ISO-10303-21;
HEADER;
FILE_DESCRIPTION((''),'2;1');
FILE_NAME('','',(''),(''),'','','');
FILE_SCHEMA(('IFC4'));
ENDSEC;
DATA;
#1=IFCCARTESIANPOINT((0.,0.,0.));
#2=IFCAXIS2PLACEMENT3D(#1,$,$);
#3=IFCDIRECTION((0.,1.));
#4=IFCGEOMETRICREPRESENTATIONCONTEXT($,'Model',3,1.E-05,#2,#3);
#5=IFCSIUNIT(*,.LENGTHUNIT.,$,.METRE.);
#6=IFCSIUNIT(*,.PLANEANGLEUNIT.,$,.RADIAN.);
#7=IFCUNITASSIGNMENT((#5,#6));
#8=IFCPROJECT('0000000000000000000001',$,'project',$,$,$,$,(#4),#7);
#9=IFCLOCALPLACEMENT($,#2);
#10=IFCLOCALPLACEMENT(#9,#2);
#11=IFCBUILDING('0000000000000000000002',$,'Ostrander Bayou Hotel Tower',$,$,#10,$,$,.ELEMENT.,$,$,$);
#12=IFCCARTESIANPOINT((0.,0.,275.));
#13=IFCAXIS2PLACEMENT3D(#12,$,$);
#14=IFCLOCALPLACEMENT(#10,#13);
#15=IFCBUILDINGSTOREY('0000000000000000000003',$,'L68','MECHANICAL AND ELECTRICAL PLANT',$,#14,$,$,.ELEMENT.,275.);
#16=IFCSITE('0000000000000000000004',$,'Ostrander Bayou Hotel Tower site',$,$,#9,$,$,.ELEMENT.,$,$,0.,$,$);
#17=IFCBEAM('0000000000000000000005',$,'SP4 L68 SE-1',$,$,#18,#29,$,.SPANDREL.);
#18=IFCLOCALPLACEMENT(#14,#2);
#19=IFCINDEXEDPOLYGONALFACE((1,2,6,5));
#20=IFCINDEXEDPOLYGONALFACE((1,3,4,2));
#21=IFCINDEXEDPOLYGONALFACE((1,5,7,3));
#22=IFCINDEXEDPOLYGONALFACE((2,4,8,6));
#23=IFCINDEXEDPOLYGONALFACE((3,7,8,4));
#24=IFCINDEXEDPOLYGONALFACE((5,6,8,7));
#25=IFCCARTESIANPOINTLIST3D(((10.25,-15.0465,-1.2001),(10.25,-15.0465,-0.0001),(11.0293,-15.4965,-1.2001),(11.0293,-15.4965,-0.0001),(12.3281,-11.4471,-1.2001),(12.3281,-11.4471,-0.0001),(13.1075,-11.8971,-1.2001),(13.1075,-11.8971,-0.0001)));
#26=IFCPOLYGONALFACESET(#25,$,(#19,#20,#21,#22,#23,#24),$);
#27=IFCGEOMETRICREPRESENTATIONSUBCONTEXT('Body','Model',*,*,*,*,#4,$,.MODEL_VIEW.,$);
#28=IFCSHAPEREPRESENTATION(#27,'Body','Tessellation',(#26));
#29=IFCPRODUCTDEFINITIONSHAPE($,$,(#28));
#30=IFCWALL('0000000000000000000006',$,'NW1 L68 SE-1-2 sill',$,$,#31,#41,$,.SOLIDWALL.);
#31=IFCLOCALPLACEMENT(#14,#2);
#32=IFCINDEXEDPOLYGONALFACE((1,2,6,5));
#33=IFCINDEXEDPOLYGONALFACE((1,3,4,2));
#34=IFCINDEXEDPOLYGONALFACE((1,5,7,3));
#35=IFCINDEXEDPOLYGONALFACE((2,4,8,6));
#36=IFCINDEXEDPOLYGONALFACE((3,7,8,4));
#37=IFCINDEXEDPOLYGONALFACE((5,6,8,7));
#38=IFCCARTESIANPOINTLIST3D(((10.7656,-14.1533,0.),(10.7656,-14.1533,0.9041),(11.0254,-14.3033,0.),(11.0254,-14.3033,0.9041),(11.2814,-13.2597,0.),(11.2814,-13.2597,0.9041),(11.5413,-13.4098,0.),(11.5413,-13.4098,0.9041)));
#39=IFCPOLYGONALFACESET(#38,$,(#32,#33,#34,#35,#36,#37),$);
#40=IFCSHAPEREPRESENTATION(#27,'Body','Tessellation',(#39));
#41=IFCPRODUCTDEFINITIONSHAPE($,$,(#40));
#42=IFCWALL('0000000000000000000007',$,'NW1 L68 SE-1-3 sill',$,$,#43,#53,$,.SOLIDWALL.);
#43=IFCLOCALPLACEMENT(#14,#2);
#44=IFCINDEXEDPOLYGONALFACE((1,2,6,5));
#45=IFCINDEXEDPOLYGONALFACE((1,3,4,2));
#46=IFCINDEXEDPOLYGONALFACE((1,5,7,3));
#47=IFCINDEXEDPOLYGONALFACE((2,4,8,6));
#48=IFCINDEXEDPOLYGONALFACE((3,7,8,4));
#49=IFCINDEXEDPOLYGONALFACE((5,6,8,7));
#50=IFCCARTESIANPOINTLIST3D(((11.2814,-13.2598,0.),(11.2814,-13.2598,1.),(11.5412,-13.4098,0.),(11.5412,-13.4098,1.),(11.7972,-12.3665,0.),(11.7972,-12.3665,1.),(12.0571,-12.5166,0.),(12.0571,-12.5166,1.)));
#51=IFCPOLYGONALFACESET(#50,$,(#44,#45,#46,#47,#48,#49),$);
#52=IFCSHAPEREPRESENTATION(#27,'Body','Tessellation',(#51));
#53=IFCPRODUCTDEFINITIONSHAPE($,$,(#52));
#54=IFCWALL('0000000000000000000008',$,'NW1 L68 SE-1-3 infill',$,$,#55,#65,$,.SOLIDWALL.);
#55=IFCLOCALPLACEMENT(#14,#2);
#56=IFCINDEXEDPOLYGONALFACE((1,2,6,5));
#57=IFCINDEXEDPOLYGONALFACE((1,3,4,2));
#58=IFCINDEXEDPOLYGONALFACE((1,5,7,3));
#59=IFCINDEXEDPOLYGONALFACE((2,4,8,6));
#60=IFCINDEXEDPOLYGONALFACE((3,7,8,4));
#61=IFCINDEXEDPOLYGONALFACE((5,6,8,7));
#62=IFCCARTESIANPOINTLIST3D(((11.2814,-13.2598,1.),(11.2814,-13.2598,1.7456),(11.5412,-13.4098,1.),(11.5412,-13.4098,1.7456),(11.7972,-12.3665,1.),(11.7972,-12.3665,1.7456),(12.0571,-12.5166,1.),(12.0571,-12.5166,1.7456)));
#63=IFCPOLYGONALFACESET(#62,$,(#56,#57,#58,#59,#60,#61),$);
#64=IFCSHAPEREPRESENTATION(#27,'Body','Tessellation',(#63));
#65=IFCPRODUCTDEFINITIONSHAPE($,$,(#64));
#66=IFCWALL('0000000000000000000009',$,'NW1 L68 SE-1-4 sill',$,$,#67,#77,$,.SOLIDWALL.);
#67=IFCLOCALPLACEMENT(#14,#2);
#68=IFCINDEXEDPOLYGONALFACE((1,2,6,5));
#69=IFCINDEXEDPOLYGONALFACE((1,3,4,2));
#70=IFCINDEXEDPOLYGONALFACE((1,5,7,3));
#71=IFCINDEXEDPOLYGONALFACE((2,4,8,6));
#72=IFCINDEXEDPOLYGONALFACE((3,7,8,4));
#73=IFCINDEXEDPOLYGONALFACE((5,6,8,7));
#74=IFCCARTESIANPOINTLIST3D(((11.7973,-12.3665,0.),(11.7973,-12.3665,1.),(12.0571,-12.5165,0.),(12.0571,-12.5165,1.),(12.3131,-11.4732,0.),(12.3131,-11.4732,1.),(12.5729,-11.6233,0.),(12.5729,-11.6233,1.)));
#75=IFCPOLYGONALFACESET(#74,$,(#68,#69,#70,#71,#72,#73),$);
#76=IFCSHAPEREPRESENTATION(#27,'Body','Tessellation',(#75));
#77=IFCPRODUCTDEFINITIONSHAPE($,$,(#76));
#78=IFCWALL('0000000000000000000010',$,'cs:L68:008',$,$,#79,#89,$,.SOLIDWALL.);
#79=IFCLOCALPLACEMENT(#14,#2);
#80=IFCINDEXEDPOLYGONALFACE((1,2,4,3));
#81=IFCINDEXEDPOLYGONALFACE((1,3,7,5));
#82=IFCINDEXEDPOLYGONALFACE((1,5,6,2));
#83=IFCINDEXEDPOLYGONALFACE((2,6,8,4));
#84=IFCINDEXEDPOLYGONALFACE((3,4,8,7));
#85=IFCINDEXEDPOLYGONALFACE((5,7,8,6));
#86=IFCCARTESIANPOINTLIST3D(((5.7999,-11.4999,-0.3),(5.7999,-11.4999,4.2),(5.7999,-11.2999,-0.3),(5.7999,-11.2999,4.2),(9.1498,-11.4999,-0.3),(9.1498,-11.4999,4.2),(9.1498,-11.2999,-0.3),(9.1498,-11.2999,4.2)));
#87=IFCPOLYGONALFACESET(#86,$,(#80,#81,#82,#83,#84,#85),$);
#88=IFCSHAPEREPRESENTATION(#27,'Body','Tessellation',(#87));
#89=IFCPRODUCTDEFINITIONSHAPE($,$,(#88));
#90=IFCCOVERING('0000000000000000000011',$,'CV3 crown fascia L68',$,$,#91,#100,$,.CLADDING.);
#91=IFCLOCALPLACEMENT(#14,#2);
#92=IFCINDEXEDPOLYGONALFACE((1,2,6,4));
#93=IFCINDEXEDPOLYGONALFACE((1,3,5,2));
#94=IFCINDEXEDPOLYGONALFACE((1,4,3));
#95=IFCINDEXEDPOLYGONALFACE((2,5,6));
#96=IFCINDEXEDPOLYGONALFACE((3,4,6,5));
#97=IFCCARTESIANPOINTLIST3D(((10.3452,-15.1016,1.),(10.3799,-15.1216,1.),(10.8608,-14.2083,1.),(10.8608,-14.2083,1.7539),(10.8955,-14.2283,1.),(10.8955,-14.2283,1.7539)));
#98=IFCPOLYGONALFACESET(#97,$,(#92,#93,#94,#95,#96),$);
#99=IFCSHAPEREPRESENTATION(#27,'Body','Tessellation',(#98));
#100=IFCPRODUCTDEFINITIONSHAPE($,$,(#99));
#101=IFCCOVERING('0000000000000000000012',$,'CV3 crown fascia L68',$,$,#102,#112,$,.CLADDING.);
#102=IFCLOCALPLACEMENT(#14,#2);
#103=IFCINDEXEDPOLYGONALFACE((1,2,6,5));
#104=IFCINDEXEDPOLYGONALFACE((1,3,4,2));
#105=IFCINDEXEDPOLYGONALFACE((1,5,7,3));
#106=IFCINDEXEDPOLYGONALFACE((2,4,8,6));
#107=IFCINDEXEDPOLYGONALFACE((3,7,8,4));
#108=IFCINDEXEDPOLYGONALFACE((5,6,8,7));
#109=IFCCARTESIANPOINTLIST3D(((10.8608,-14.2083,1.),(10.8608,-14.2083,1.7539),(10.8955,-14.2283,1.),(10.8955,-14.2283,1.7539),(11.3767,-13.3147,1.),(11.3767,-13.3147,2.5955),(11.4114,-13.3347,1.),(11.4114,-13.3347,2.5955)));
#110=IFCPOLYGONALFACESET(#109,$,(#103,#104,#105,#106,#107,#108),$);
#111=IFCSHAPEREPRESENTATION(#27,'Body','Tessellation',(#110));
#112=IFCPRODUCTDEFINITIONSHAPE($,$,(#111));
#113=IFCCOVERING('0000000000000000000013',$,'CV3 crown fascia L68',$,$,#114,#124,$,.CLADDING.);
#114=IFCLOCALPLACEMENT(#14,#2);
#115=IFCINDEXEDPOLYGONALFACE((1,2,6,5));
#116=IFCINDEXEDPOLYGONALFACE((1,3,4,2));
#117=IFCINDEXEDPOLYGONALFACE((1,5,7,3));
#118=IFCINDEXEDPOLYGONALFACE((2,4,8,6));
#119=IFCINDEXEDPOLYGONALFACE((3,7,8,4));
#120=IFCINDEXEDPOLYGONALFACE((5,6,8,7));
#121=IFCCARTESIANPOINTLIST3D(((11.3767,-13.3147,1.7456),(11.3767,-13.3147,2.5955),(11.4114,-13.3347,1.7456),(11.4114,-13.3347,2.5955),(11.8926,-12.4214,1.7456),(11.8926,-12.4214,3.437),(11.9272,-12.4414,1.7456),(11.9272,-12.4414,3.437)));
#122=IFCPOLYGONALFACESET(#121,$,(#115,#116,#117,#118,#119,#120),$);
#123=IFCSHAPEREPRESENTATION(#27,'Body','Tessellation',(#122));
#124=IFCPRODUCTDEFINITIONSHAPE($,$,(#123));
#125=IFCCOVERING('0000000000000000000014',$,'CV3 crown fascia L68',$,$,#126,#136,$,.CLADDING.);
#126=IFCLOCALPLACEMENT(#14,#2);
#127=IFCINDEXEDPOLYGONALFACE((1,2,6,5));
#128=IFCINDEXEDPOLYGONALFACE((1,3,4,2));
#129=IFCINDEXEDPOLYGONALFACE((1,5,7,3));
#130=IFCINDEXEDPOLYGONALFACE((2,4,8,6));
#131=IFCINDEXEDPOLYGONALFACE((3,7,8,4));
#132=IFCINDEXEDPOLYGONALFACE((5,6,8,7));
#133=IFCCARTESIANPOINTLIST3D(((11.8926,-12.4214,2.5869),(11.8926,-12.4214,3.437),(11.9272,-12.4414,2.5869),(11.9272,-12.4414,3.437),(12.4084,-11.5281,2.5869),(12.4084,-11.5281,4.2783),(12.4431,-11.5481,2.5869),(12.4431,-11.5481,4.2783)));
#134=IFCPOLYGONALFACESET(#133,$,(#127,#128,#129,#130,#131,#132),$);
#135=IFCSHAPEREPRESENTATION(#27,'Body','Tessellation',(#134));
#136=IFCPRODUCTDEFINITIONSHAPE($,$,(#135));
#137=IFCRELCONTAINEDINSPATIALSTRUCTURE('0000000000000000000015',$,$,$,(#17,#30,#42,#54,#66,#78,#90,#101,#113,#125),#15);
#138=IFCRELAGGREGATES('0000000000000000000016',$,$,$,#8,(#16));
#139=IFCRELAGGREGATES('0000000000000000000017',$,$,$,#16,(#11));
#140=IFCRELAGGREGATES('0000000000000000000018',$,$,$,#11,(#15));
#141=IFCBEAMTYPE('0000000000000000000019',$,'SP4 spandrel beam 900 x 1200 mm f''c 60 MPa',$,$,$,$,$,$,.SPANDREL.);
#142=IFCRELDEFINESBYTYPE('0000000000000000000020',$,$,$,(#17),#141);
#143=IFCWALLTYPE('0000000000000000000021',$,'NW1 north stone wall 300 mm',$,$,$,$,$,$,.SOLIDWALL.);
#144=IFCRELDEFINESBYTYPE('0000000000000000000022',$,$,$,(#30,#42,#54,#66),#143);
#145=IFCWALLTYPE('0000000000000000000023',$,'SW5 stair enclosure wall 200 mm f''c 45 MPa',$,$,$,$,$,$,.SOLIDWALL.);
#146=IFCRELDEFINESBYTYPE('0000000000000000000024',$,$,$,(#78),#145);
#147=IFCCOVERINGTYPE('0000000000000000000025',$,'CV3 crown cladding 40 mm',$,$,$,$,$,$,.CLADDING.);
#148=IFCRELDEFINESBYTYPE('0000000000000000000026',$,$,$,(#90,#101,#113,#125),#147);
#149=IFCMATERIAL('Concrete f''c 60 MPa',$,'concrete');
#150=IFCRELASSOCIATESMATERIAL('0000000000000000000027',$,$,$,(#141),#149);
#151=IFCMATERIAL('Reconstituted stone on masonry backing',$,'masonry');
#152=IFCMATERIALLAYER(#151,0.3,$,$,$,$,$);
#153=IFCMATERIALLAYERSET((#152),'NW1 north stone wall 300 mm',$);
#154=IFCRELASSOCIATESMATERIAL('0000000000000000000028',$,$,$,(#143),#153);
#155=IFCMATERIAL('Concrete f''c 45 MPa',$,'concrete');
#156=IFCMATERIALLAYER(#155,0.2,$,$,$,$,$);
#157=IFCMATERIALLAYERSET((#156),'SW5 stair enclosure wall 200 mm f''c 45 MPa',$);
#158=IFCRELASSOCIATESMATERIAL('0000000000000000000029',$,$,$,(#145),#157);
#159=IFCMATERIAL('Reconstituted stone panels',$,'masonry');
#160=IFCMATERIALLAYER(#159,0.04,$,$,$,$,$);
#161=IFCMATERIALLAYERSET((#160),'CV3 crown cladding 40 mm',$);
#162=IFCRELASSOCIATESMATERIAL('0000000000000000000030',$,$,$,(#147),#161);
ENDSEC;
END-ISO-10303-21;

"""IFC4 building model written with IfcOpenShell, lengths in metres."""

from ifc_helpers import new_model, si_unit, direction, frame, frame_2d, origin, origin_2d, place, context, subcontext, project, spatial, polyline, rectangle, outline, extrude, material, layer, layer_set, material_profile, profile_set, type_object, element, save


model = new_model("IFC4")

# Units and contexts
model_context = context("Model", 3, precision=1e-05, world=origin(), true_north=direction((0.0, 1.0)))
body_context = subcontext(model_context, "Body", "Model", "MODEL_VIEW")
ifc_project = project(units=[si_unit("LENGTHUNIT", "METRE"), si_unit("PLANEANGLEUNIT", "RADIAN")], contexts=[model_context])

# Site, building, storey
site_placement = place(None, origin())
site = spatial("IfcSite", under=ifc_project, at=site_placement, Name="Ostrander Bayou Hotel Tower site", CompositionType="ELEMENT", RefElevation=0.0)
building_placement = place(site_placement, origin())
building = spatial("IfcBuilding", under=site, at=building_placement, Name="Ostrander Bayou Hotel Tower", CompositionType="ELEMENT")
storey_placement = place(building_placement, frame((0.0, 0.0, 275.0)))
storey = spatial("IfcBuildingStorey", under=building, at=storey_placement, Name="L68", Description="MECHANICAL AND ELECTRICAL PLANT", CompositionType="ELEMENT", Elevation=275.0)

# Beam
ifc_material_1 = material(Name="Concrete f'c 60 MPa", Category="concrete")
ifc_material_profile_1 = material_profile(ifc_material_1, rectangle(XDim=0.8999, YDim=1.2, at=origin_2d()))
ifc_profile_set_1 = profile_set([ifc_material_profile_1], Name="Concrete f'c 60 MPa")
beam_type = type_object("IfcBeamType", Name="SP4 spandrel beam 900 x 1200 mm f'c 60 MPa", PredefinedType="SPANDREL", material=ifc_profile_set_1)
beam_1_placement = place(storey_placement, frame((10.6396, -15.2715, -0.6001), z_axis=(0.500006, 0.866022, 0.0), x_axis=(-0.866022, 0.500006, 0.0)))
element("IfcBeam", 1, at=beam_1_placement, inside=storey, type_object=beam_type, Name="SP4 L68 SE-1", PredefinedType="SPANDREL", context=body_context, shape_type="SweptSolid", body=[
    extrude(rectangle(XDim=0.8999, YDim=1.2, at=origin_2d()), origin(), (0.0, 0.0, 1.0), 4.1562),
])

# Walls
ifc_material_2 = material(Name="Reconstituted stone on masonry backing", Category="masonry")
ifc_layer_1 = layer(ifc_material_2, 0.3)
ifc_layer_set_1 = layer_set([ifc_layer_1], Name="NW1 north stone wall 300 mm")
wall_type_1 = type_object("IfcWallType", Name="NW1 north stone wall 300 mm", PredefinedType="SOLIDWALL", material=ifc_layer_set_1)
wall_1_placement = place(storey_placement, frame((10.8955, -14.2283, 0.0), z_axis=(0.0, 0.0, 1.0), x_axis=(0.499982, 0.866036, 0.0)))
element("IfcWall", 2, at=wall_1_placement, inside=storey, type_object=wall_type_1, Name="NW1 L68 SE-1-2 sill", PredefinedType="SOLIDWALL", context=body_context, shape_type="SweptSolid", body=[
    extrude(rectangle(XDim=1.0317, YDim=0.3, at=frame_2d((0.5159, 0.0))), origin(), (0.0, 0.0, 1.0), 0.9041),
])
wall_2_placement = place(storey_placement, frame((11.4114, -13.3347, 0.0), z_axis=(0.0, 0.0, 1.0), x_axis=(0.500084, 0.865977, 0.0)))
element("IfcWall", 3, at=wall_2_placement, inside=storey, type_object=wall_type_1, Name="NW1 L68 SE-1-3 sill", PredefinedType="SOLIDWALL", context=body_context, shape_type="SweptSolid", body=[
    extrude(rectangle(XDim=1.0315, YDim=0.3, at=frame_2d((0.5156, 0.0))), origin(), (0.0, 0.0, 1.0), 1.0),
])
wall_3_placement = place(storey_placement, frame((11.4114, -13.3347, 1.0), z_axis=(0.0, 0.0, 1.0), x_axis=(0.500084, 0.865977, 0.0)))
element("IfcWall", 4, at=wall_3_placement, inside=storey, type_object=wall_type_1, Name="NW1 L68 SE-1-3 infill", PredefinedType="SOLIDWALL", context=body_context, shape_type="SweptSolid", body=[
    extrude(rectangle(XDim=1.0315, YDim=0.3, at=frame_2d((0.5156, 0.0))), origin(), (0.0, 0.0, 1.0), 0.7456),
])
wall_4_placement = place(storey_placement, frame((11.9272, -12.4414, 0.0), z_axis=(0.0, 0.0, 1.0), x_axis=(0.500084, 0.865977, 0.0)))
element("IfcWall", 5, at=wall_4_placement, inside=storey, type_object=wall_type_1, Name="NW1 L68 SE-1-4 sill", PredefinedType="SOLIDWALL", context=body_context, shape_type="SweptSolid", body=[
    extrude(rectangle(XDim=1.0315, YDim=0.3, at=frame_2d((0.5156, 0.0))), origin(), (0.0, 0.0, 1.0), 1.0),
])

# Wall
ifc_material_3 = material(Name="Concrete f'c 45 MPa", Category="concrete")
ifc_layer_2 = layer(ifc_material_3, 0.2)
ifc_layer_set_2 = layer_set([ifc_layer_2], Name="SW5 stair enclosure wall 200 mm f'c 45 MPa")
wall_type_2 = type_object("IfcWallType", Name="SW5 stair enclosure wall 200 mm f'c 45 MPa", PredefinedType="SOLIDWALL", material=ifc_layer_set_2)
wall_5_placement = place(storey_placement, frame((5.8, -11.3999, -0.3), z_axis=(0.0, 0.0, 1.0), x_axis=(1.0, 0.0, 0.0)))
element("IfcWall", 6, at=wall_5_placement, inside=storey, type_object=wall_type_2, Name="cs:L68:008", PredefinedType="SOLIDWALL", context=body_context, shape_type="SweptSolid", body=[
    extrude(rectangle(XDim=3.3499, YDim=0.2, at=frame_2d((1.6748, 0.0))), origin(), (0.0, 0.0, 1.0), 4.5),
])

# Coverings
ifc_material_4 = material(Name="Reconstituted stone panels", Category="masonry")
ifc_layer_3 = layer(ifc_material_4, 0.04)
ifc_layer_set_3 = layer_set([ifc_layer_3], Name="CV3 crown cladding 40 mm")
covering_type = type_object("IfcCoveringType", Name="CV3 crown cladding 40 mm", PredefinedType="CLADDING", material=ifc_layer_set_3)
covering_1_placement = place(storey_placement, frame((10.3799, -15.1216, 1.0), z_axis=(0.866079, -0.499907, 0.0), x_axis=(0.499907, 0.866079, 0.0)))
element("IfcCovering", 7, at=covering_1_placement, inside=storey, type_object=covering_type, Name="CV3 crown fascia L68", PredefinedType="CLADDING", context=body_context, shape_type="SweptSolid", body=[
    extrude(outline(polyline([(0.0, 0.0), (1.0314, 0.0), (1.0314, 0.7539), (0.0, 0.0), (0.0, 0.0)])), origin(), (0.0, 0.0, -1.0), 0.04),
])
covering_2_placement = place(storey_placement, frame((10.8955, -14.2283, 1.0), z_axis=(0.866036, -0.499982, 0.0), x_axis=(0.499982, 0.866036, 0.0)))
element("IfcCovering", 8, at=covering_2_placement, inside=storey, type_object=covering_type, Name="CV3 crown fascia L68", PredefinedType="CLADDING", context=body_context, shape_type="SweptSolid", body=[
    extrude(outline(polyline([(0.0, 0.0), (1.0318, 0.0), (1.0318, 1.5955), (0.0, 0.7539), (0.0, 0.0)])), origin(), (0.0, 0.0, -1.0), 0.04),
])
covering_3_placement = place(storey_placement, frame((11.4114, -13.3347, 1.7456), z_axis=(0.865977, -0.500084, 0.0), x_axis=(0.500084, 0.865977, 0.0)))
element("IfcCovering", 9, at=covering_3_placement, inside=storey, type_object=covering_type, Name="CV3 crown fascia L68", PredefinedType="CLADDING", context=body_context, shape_type="SweptSolid", body=[
    extrude(outline(polyline([(0.0, 0.0), (1.0316, 0.0), (1.0316, 1.6914), (0.0, 0.8499), (0.0, 0.0)])), origin(), (0.0, 0.0, -1.0), 0.04),
])
covering_4_placement = place(storey_placement, frame((11.9272, -12.4414, 2.5869), z_axis=(0.865977, -0.500084, 0.0), x_axis=(0.500084, 0.865977, 0.0)))
element("IfcCovering", 10, at=covering_4_placement, inside=storey, type_object=covering_type, Name="CV3 crown fascia L68", PredefinedType="CLADDING", context=body_context, shape_type="SweptSolid", body=[
    extrude(outline(polyline([(0.0, 0.0), (1.0316, 0.0), (1.0316, 1.6914), (0.0, 0.8501), (0.0, 0.0)])), origin(), (0.0, 0.0, -1.0), 0.04),
])

save(model, "model.ifc")
